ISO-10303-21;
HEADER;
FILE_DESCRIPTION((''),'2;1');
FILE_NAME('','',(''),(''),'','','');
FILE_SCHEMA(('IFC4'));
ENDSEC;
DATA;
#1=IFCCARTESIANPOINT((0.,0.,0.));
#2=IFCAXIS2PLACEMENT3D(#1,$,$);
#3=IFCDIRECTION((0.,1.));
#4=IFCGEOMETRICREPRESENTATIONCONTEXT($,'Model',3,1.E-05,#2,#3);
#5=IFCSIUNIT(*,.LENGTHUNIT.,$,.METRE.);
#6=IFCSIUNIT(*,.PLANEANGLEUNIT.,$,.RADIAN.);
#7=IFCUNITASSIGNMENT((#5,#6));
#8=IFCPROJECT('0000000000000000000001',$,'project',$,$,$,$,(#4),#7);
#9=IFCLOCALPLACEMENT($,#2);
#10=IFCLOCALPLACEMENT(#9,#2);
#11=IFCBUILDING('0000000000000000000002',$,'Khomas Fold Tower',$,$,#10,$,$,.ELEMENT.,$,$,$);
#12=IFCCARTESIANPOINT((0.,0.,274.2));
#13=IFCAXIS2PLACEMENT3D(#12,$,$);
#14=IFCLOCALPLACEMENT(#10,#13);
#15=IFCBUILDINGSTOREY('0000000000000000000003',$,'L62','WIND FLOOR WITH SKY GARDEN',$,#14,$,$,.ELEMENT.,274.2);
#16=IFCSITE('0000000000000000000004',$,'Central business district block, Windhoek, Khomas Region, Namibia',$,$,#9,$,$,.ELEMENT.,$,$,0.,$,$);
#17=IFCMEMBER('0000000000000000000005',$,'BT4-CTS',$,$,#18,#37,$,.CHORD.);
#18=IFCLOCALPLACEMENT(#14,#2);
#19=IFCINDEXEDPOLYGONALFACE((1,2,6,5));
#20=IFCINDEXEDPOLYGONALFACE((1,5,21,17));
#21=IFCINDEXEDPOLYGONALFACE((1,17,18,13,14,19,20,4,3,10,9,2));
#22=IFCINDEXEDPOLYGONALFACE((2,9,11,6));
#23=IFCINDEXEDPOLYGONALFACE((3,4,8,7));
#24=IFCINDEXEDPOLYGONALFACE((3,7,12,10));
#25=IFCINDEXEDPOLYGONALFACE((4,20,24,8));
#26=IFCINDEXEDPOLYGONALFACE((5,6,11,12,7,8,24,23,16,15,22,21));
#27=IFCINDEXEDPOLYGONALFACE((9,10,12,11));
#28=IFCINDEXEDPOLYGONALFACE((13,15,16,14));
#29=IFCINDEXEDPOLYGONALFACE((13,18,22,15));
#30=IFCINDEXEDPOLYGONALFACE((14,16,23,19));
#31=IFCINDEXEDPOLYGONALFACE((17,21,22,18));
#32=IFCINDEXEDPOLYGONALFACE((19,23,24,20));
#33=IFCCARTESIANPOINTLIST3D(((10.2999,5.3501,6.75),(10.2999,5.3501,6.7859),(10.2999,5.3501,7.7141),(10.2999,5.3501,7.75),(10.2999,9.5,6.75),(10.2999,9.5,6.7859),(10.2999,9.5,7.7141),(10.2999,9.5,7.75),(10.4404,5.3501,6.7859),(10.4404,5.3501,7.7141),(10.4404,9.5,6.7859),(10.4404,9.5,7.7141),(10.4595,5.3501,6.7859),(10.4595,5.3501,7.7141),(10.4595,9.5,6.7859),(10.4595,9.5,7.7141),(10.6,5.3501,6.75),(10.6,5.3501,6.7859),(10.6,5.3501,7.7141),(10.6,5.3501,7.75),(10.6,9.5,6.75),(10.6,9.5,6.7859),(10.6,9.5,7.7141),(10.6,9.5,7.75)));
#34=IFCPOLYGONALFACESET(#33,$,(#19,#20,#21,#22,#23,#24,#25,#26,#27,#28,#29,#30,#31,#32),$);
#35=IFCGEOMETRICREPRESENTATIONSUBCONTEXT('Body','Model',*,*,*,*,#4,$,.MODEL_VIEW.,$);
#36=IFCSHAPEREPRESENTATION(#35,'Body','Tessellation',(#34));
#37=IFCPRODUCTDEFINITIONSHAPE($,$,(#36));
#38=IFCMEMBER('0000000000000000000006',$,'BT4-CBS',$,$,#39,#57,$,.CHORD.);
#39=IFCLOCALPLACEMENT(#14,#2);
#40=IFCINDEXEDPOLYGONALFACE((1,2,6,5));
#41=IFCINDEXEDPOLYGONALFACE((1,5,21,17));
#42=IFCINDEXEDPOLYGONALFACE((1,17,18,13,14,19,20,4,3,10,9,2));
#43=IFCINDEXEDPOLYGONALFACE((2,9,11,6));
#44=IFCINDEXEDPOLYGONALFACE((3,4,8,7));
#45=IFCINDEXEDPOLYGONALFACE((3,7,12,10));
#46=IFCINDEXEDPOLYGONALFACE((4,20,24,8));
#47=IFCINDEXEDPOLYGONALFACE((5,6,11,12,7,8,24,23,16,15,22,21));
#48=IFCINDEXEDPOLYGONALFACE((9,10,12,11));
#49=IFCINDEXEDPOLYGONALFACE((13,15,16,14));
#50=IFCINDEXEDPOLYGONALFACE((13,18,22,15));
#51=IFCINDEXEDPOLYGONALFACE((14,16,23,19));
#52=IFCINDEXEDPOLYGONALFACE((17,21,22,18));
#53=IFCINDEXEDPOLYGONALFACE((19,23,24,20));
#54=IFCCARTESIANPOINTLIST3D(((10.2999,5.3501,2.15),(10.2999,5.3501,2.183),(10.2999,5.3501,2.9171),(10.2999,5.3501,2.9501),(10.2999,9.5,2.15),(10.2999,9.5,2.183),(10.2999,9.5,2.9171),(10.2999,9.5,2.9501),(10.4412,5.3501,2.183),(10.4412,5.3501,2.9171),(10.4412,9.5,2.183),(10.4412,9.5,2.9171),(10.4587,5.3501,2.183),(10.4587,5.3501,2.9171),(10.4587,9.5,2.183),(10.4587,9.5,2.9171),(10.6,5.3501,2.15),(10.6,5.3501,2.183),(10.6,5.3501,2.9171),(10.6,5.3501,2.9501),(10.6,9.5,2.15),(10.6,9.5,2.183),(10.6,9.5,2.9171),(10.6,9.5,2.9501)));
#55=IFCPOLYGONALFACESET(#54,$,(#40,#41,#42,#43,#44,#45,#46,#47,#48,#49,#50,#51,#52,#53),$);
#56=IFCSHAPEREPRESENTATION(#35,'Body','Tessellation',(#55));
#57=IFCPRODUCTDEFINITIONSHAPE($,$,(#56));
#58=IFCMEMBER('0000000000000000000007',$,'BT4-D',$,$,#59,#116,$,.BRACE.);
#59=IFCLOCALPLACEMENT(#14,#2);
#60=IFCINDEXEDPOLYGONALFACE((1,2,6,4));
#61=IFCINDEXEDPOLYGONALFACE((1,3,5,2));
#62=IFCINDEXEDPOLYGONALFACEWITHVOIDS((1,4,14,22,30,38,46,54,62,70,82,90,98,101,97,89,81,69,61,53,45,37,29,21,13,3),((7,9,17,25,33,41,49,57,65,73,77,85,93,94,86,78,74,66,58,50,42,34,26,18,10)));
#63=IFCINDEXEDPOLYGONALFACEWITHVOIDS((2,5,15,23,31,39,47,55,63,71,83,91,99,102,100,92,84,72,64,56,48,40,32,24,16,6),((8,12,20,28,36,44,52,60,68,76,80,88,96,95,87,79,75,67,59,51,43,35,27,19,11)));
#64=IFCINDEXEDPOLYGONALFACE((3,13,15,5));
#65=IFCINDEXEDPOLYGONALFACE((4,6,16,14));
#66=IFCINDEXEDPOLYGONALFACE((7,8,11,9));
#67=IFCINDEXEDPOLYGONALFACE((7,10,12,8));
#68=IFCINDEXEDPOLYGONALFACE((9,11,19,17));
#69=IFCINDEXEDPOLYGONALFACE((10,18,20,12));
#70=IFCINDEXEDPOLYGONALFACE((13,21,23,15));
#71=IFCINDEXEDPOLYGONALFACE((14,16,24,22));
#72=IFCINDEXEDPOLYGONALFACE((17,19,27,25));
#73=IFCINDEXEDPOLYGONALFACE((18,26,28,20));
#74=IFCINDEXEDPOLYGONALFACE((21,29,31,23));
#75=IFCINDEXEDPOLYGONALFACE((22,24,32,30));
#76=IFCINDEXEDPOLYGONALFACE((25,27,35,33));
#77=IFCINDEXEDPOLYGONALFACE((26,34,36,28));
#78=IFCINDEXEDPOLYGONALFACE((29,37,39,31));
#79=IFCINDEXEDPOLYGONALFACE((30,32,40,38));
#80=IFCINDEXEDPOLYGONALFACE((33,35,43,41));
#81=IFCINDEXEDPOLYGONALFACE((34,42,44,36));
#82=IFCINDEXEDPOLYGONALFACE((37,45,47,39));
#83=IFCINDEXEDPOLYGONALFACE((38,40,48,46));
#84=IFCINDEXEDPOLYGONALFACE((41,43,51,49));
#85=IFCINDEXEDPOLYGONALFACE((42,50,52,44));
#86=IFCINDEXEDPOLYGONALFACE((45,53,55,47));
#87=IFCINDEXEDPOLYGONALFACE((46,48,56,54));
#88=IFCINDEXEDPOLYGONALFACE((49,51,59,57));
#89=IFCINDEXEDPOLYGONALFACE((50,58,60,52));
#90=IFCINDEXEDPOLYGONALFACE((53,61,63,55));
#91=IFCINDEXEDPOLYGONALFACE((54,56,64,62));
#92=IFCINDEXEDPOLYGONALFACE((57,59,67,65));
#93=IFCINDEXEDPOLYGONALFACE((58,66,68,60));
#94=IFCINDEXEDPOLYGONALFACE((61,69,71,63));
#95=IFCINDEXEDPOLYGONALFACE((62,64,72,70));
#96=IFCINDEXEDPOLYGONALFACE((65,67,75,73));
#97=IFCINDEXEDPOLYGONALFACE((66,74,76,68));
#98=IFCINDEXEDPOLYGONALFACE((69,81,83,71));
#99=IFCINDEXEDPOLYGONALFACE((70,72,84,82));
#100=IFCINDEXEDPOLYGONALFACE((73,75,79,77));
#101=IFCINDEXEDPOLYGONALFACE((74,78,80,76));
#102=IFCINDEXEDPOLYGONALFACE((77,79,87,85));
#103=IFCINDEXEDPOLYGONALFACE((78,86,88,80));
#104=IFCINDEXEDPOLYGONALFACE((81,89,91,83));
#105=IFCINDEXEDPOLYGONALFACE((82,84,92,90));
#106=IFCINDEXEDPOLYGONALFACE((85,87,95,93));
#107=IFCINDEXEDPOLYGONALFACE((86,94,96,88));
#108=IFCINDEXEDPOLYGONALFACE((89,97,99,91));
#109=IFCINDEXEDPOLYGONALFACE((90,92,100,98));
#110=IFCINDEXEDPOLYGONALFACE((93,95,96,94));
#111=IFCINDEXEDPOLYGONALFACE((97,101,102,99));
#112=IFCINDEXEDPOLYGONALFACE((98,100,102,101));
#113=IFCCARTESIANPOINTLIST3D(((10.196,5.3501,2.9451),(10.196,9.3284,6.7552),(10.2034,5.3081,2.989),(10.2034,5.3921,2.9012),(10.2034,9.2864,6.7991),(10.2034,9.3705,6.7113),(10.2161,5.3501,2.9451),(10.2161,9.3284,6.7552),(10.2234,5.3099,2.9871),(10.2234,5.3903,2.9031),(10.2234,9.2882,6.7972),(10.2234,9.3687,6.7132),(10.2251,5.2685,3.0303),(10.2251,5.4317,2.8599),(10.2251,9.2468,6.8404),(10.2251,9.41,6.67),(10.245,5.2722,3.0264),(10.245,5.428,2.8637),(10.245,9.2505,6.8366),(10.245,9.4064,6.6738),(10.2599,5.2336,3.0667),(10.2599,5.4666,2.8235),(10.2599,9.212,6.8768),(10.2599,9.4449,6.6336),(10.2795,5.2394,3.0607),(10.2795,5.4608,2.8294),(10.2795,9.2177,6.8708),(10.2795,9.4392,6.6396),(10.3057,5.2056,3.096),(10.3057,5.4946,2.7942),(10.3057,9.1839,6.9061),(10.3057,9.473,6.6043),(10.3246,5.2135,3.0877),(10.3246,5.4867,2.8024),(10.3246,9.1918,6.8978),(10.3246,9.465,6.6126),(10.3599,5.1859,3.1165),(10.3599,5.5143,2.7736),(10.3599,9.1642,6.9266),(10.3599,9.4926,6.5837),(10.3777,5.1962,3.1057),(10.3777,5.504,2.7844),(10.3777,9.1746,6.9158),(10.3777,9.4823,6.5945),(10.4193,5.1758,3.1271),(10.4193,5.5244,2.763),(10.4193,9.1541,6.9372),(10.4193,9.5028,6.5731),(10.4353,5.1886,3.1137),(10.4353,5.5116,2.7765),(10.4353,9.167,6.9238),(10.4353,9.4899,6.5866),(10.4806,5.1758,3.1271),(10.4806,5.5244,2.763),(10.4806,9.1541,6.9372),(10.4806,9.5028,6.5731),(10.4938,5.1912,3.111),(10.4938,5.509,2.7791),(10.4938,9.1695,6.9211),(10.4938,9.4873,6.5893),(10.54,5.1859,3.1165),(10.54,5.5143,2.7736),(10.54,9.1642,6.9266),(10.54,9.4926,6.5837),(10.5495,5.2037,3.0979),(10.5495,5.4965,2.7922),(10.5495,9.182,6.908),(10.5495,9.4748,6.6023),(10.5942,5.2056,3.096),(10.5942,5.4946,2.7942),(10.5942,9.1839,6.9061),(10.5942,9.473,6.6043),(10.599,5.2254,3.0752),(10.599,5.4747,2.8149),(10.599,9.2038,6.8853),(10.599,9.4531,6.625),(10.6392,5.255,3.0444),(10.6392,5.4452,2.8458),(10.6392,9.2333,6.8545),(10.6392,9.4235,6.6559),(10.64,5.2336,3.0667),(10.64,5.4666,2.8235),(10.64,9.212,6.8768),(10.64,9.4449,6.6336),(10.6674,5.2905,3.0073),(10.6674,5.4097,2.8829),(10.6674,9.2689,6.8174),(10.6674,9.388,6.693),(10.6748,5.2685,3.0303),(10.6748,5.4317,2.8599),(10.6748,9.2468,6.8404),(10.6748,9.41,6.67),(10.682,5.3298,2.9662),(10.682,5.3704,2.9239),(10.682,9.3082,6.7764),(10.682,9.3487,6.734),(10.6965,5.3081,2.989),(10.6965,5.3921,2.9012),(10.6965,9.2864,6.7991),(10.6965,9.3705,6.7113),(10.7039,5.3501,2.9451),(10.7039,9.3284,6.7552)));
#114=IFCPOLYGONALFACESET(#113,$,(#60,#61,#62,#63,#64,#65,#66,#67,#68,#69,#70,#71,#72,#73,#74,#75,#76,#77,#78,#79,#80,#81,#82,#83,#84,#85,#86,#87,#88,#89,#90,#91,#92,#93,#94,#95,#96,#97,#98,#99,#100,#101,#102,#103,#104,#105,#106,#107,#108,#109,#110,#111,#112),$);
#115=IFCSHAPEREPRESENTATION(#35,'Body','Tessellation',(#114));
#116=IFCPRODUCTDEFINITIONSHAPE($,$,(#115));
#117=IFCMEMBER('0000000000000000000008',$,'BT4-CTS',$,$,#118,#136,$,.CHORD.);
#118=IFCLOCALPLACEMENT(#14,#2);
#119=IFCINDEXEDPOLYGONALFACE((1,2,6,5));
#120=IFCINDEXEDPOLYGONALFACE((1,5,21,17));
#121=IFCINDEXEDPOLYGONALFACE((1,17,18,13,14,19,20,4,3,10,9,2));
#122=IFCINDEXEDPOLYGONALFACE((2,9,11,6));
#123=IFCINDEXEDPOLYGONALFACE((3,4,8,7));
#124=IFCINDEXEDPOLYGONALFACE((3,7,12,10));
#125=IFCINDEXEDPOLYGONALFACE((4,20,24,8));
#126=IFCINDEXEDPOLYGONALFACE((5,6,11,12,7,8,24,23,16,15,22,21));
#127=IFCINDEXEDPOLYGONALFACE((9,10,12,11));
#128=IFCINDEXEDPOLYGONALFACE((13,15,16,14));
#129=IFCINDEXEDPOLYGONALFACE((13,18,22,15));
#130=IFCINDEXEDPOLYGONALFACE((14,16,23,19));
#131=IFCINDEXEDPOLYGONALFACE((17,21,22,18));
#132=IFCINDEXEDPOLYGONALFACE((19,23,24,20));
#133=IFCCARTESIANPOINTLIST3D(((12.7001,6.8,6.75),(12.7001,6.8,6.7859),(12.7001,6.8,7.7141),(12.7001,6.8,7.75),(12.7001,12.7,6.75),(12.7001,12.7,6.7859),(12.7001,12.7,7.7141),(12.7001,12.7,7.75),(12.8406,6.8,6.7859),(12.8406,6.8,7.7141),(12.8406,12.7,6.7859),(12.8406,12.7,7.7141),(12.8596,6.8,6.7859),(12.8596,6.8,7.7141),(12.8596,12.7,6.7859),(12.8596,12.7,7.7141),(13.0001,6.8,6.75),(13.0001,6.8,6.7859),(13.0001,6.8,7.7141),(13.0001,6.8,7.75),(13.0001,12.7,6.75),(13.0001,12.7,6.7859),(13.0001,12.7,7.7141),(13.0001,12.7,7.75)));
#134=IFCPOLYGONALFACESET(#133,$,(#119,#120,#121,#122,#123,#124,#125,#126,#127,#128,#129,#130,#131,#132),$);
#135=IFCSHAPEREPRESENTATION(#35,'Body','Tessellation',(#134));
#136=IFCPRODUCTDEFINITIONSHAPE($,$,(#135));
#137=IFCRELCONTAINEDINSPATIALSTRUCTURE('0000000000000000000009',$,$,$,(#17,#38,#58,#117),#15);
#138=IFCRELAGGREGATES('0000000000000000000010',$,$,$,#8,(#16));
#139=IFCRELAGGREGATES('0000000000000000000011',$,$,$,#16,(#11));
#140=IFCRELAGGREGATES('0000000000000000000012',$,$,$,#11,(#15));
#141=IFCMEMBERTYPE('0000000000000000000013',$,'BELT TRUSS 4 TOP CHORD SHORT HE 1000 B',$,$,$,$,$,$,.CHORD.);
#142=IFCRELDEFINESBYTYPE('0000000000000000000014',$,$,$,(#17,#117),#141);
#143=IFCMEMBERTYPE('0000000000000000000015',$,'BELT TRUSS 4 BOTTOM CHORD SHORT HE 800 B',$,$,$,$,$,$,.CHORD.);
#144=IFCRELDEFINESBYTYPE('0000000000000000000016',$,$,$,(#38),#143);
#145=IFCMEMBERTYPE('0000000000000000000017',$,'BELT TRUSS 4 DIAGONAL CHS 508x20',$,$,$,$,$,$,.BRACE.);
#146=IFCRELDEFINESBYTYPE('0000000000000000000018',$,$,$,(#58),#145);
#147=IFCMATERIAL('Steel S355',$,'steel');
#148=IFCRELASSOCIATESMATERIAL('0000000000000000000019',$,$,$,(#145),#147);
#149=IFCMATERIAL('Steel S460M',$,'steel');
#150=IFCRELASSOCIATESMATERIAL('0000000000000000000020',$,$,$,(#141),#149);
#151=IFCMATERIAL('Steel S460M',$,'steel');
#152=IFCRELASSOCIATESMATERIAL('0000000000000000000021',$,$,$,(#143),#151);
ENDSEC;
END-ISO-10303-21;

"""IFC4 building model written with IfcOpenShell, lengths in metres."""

from ifc_helpers import new_model, si_unit, direction, frame, origin, origin_2d, place, context, subcontext, project, spatial, hollow_circle, i_section, extrude, source, transform, mapped, material, material_profile, profile_set, type_object, element, save


model = new_model("IFC4")

# Units and contexts
model_context = context("Model", 3, precision=1e-05, world=origin(), true_north=direction((0.0, 1.0)))
body_context = subcontext(model_context, "Body", "Model", "MODEL_VIEW")
ifc_project = project(units=[si_unit("LENGTHUNIT", "METRE"), si_unit("PLANEANGLEUNIT", "RADIAN")], contexts=[model_context])

# Site, building, storey
site_placement = place(None, origin())
site = spatial("IfcSite", under=ifc_project, at=site_placement, Name="Central business district block, Windhoek, Khomas Region, Namibia", CompositionType="ELEMENT", RefElevation=0.0)
building_placement = place(site_placement, origin())
building = spatial("IfcBuilding", under=site, at=building_placement, Name="Khomas Fold Tower", CompositionType="ELEMENT")
storey_placement = place(building_placement, frame((0.0, 0.0, 274.2)))
storey = spatial("IfcBuildingStorey", under=building, at=storey_placement, Name="L62", Description="WIND FLOOR WITH SKY GARDEN", CompositionType="ELEMENT", Elevation=274.2)

# Members
ifc_material_1 = material(Name="Steel S355", Category="steel")
ifc_material_profile_1 = material_profile(ifc_material_1, hollow_circle(Radius=0.2539, WallThickness=0.02, at=origin_2d()), Name="CHS 508x20")
ifc_profile_set_1 = profile_set([ifc_material_profile_1], Name="Steel S355")
member_type_1 = type_object("IfcMemberType", Name="BELT TRUSS 4 DIAGONAL CHS 508x20", PredefinedType="BRACE", material=ifc_profile_set_1)
ifc_material_2 = material(Name="Steel S460M", Category="steel")
ifc_material_profile_2 = material_profile(ifc_material_2, i_section(OverallWidth=0.3, OverallDepth=1.0, WebThickness=0.019, FlangeThickness=0.0359, at=origin_2d()), Name="HE 1000 B")
ifc_profile_set_2 = profile_set([ifc_material_profile_2], Name="Steel S460M")
member_type_2 = type_object("IfcMemberType", Name="BELT TRUSS 4 TOP CHORD SHORT HE 1000 B", PredefinedType="CHORD", material=ifc_profile_set_2)
shared_shape_1 = source(origin(), body_context, "Body", "SweptSolid", [
    extrude(i_section(OverallWidth=0.3, OverallDepth=1.0, WebThickness=0.019, FlangeThickness=0.0359, at=origin_2d()), origin(), (0.0, 0.0, 1.0), 4.1499),
])
member_1_placement = place(storey_placement, frame((10.45, 5.3501, 7.25), z_axis=(0.0, 1.0, 0.0), x_axis=(-1.0, 0.0, 0.0)))
element("IfcMember", 1, at=member_1_placement, inside=storey, type_object=member_type_2, Name="BT4-CTS", PredefinedType="CHORD", context=body_context, shape_type="MappedRepresentation", body=[
    mapped(shared_shape_1, transform((0.0, 0.0, 0.0))),
])
ifc_material_3 = material(Name="Steel S460M", Category="steel")
ifc_material_profile_3 = material_profile(ifc_material_3, i_section(OverallWidth=0.3, OverallDepth=0.8, WebThickness=0.0176, FlangeThickness=0.033, at=origin_2d()), Name="HE 800 B")
ifc_profile_set_3 = profile_set([ifc_material_profile_3], Name="Steel S460M")
member_type_3 = type_object("IfcMemberType", Name="BELT TRUSS 4 BOTTOM CHORD SHORT HE 800 B", PredefinedType="CHORD", material=ifc_profile_set_3)
shared_shape_2 = source(origin(), body_context, "Body", "SweptSolid", [
    extrude(i_section(OverallWidth=0.3, OverallDepth=0.8, WebThickness=0.0176, FlangeThickness=0.033, at=origin_2d()), origin(), (0.0, 0.0, 1.0), 4.1499),
])
member_2_placement = place(storey_placement, frame((10.45, 5.3501, 2.55), z_axis=(0.0, 1.0, 0.0), x_axis=(-1.0, 0.0, 0.0)))
element("IfcMember", 2, at=member_2_placement, inside=storey, type_object=member_type_3, Name="BT4-CBS", PredefinedType="CHORD", context=body_context, shape_type="MappedRepresentation", body=[
    mapped(shared_shape_2, transform((0.0, 0.0, 0.0))),
])
shared_shape_3 = source(origin(), body_context, "Body", "SweptSolid", [
    extrude(hollow_circle(Radius=0.2539, WallThickness=0.02, at=origin_2d()), origin(), (0.0, 0.0, 1.0), 5.5085),
])
member_3_placement = place(storey_placement, frame((10.45, 5.3501, 2.9451), z_axis=(0.0, 0.72221, 0.691673), x_axis=(-1.0, 0.0, 0.0)))
element("IfcMember", 3, at=member_3_placement, inside=storey, type_object=member_type_1, Name="BT4-D", PredefinedType="BRACE", context=body_context, shape_type="MappedRepresentation", body=[
    mapped(shared_shape_3, transform((0.0, 0.0, 0.0))),
])
shared_shape_4 = source(origin(), body_context, "Body", "SweptSolid", [
    extrude(i_section(OverallWidth=0.3, OverallDepth=1.0, WebThickness=0.019, FlangeThickness=0.0359, at=origin_2d()), origin(), (0.0, 0.0, 1.0), 5.8999),
])
member_4_placement = place(storey_placement, frame((12.8501, 6.8, 7.25), z_axis=(0.0, 1.0, 0.0), x_axis=(-1.0, 0.0, 0.0)))
element("IfcMember", 4, at=member_4_placement, inside=storey, type_object=member_type_2, Name="BT4-CTS", PredefinedType="CHORD", context=body_context, shape_type="MappedRepresentation", body=[
    mapped(shared_shape_4, transform((0.0, 0.0, 0.0))),
])

save(model, "model.ifc")
